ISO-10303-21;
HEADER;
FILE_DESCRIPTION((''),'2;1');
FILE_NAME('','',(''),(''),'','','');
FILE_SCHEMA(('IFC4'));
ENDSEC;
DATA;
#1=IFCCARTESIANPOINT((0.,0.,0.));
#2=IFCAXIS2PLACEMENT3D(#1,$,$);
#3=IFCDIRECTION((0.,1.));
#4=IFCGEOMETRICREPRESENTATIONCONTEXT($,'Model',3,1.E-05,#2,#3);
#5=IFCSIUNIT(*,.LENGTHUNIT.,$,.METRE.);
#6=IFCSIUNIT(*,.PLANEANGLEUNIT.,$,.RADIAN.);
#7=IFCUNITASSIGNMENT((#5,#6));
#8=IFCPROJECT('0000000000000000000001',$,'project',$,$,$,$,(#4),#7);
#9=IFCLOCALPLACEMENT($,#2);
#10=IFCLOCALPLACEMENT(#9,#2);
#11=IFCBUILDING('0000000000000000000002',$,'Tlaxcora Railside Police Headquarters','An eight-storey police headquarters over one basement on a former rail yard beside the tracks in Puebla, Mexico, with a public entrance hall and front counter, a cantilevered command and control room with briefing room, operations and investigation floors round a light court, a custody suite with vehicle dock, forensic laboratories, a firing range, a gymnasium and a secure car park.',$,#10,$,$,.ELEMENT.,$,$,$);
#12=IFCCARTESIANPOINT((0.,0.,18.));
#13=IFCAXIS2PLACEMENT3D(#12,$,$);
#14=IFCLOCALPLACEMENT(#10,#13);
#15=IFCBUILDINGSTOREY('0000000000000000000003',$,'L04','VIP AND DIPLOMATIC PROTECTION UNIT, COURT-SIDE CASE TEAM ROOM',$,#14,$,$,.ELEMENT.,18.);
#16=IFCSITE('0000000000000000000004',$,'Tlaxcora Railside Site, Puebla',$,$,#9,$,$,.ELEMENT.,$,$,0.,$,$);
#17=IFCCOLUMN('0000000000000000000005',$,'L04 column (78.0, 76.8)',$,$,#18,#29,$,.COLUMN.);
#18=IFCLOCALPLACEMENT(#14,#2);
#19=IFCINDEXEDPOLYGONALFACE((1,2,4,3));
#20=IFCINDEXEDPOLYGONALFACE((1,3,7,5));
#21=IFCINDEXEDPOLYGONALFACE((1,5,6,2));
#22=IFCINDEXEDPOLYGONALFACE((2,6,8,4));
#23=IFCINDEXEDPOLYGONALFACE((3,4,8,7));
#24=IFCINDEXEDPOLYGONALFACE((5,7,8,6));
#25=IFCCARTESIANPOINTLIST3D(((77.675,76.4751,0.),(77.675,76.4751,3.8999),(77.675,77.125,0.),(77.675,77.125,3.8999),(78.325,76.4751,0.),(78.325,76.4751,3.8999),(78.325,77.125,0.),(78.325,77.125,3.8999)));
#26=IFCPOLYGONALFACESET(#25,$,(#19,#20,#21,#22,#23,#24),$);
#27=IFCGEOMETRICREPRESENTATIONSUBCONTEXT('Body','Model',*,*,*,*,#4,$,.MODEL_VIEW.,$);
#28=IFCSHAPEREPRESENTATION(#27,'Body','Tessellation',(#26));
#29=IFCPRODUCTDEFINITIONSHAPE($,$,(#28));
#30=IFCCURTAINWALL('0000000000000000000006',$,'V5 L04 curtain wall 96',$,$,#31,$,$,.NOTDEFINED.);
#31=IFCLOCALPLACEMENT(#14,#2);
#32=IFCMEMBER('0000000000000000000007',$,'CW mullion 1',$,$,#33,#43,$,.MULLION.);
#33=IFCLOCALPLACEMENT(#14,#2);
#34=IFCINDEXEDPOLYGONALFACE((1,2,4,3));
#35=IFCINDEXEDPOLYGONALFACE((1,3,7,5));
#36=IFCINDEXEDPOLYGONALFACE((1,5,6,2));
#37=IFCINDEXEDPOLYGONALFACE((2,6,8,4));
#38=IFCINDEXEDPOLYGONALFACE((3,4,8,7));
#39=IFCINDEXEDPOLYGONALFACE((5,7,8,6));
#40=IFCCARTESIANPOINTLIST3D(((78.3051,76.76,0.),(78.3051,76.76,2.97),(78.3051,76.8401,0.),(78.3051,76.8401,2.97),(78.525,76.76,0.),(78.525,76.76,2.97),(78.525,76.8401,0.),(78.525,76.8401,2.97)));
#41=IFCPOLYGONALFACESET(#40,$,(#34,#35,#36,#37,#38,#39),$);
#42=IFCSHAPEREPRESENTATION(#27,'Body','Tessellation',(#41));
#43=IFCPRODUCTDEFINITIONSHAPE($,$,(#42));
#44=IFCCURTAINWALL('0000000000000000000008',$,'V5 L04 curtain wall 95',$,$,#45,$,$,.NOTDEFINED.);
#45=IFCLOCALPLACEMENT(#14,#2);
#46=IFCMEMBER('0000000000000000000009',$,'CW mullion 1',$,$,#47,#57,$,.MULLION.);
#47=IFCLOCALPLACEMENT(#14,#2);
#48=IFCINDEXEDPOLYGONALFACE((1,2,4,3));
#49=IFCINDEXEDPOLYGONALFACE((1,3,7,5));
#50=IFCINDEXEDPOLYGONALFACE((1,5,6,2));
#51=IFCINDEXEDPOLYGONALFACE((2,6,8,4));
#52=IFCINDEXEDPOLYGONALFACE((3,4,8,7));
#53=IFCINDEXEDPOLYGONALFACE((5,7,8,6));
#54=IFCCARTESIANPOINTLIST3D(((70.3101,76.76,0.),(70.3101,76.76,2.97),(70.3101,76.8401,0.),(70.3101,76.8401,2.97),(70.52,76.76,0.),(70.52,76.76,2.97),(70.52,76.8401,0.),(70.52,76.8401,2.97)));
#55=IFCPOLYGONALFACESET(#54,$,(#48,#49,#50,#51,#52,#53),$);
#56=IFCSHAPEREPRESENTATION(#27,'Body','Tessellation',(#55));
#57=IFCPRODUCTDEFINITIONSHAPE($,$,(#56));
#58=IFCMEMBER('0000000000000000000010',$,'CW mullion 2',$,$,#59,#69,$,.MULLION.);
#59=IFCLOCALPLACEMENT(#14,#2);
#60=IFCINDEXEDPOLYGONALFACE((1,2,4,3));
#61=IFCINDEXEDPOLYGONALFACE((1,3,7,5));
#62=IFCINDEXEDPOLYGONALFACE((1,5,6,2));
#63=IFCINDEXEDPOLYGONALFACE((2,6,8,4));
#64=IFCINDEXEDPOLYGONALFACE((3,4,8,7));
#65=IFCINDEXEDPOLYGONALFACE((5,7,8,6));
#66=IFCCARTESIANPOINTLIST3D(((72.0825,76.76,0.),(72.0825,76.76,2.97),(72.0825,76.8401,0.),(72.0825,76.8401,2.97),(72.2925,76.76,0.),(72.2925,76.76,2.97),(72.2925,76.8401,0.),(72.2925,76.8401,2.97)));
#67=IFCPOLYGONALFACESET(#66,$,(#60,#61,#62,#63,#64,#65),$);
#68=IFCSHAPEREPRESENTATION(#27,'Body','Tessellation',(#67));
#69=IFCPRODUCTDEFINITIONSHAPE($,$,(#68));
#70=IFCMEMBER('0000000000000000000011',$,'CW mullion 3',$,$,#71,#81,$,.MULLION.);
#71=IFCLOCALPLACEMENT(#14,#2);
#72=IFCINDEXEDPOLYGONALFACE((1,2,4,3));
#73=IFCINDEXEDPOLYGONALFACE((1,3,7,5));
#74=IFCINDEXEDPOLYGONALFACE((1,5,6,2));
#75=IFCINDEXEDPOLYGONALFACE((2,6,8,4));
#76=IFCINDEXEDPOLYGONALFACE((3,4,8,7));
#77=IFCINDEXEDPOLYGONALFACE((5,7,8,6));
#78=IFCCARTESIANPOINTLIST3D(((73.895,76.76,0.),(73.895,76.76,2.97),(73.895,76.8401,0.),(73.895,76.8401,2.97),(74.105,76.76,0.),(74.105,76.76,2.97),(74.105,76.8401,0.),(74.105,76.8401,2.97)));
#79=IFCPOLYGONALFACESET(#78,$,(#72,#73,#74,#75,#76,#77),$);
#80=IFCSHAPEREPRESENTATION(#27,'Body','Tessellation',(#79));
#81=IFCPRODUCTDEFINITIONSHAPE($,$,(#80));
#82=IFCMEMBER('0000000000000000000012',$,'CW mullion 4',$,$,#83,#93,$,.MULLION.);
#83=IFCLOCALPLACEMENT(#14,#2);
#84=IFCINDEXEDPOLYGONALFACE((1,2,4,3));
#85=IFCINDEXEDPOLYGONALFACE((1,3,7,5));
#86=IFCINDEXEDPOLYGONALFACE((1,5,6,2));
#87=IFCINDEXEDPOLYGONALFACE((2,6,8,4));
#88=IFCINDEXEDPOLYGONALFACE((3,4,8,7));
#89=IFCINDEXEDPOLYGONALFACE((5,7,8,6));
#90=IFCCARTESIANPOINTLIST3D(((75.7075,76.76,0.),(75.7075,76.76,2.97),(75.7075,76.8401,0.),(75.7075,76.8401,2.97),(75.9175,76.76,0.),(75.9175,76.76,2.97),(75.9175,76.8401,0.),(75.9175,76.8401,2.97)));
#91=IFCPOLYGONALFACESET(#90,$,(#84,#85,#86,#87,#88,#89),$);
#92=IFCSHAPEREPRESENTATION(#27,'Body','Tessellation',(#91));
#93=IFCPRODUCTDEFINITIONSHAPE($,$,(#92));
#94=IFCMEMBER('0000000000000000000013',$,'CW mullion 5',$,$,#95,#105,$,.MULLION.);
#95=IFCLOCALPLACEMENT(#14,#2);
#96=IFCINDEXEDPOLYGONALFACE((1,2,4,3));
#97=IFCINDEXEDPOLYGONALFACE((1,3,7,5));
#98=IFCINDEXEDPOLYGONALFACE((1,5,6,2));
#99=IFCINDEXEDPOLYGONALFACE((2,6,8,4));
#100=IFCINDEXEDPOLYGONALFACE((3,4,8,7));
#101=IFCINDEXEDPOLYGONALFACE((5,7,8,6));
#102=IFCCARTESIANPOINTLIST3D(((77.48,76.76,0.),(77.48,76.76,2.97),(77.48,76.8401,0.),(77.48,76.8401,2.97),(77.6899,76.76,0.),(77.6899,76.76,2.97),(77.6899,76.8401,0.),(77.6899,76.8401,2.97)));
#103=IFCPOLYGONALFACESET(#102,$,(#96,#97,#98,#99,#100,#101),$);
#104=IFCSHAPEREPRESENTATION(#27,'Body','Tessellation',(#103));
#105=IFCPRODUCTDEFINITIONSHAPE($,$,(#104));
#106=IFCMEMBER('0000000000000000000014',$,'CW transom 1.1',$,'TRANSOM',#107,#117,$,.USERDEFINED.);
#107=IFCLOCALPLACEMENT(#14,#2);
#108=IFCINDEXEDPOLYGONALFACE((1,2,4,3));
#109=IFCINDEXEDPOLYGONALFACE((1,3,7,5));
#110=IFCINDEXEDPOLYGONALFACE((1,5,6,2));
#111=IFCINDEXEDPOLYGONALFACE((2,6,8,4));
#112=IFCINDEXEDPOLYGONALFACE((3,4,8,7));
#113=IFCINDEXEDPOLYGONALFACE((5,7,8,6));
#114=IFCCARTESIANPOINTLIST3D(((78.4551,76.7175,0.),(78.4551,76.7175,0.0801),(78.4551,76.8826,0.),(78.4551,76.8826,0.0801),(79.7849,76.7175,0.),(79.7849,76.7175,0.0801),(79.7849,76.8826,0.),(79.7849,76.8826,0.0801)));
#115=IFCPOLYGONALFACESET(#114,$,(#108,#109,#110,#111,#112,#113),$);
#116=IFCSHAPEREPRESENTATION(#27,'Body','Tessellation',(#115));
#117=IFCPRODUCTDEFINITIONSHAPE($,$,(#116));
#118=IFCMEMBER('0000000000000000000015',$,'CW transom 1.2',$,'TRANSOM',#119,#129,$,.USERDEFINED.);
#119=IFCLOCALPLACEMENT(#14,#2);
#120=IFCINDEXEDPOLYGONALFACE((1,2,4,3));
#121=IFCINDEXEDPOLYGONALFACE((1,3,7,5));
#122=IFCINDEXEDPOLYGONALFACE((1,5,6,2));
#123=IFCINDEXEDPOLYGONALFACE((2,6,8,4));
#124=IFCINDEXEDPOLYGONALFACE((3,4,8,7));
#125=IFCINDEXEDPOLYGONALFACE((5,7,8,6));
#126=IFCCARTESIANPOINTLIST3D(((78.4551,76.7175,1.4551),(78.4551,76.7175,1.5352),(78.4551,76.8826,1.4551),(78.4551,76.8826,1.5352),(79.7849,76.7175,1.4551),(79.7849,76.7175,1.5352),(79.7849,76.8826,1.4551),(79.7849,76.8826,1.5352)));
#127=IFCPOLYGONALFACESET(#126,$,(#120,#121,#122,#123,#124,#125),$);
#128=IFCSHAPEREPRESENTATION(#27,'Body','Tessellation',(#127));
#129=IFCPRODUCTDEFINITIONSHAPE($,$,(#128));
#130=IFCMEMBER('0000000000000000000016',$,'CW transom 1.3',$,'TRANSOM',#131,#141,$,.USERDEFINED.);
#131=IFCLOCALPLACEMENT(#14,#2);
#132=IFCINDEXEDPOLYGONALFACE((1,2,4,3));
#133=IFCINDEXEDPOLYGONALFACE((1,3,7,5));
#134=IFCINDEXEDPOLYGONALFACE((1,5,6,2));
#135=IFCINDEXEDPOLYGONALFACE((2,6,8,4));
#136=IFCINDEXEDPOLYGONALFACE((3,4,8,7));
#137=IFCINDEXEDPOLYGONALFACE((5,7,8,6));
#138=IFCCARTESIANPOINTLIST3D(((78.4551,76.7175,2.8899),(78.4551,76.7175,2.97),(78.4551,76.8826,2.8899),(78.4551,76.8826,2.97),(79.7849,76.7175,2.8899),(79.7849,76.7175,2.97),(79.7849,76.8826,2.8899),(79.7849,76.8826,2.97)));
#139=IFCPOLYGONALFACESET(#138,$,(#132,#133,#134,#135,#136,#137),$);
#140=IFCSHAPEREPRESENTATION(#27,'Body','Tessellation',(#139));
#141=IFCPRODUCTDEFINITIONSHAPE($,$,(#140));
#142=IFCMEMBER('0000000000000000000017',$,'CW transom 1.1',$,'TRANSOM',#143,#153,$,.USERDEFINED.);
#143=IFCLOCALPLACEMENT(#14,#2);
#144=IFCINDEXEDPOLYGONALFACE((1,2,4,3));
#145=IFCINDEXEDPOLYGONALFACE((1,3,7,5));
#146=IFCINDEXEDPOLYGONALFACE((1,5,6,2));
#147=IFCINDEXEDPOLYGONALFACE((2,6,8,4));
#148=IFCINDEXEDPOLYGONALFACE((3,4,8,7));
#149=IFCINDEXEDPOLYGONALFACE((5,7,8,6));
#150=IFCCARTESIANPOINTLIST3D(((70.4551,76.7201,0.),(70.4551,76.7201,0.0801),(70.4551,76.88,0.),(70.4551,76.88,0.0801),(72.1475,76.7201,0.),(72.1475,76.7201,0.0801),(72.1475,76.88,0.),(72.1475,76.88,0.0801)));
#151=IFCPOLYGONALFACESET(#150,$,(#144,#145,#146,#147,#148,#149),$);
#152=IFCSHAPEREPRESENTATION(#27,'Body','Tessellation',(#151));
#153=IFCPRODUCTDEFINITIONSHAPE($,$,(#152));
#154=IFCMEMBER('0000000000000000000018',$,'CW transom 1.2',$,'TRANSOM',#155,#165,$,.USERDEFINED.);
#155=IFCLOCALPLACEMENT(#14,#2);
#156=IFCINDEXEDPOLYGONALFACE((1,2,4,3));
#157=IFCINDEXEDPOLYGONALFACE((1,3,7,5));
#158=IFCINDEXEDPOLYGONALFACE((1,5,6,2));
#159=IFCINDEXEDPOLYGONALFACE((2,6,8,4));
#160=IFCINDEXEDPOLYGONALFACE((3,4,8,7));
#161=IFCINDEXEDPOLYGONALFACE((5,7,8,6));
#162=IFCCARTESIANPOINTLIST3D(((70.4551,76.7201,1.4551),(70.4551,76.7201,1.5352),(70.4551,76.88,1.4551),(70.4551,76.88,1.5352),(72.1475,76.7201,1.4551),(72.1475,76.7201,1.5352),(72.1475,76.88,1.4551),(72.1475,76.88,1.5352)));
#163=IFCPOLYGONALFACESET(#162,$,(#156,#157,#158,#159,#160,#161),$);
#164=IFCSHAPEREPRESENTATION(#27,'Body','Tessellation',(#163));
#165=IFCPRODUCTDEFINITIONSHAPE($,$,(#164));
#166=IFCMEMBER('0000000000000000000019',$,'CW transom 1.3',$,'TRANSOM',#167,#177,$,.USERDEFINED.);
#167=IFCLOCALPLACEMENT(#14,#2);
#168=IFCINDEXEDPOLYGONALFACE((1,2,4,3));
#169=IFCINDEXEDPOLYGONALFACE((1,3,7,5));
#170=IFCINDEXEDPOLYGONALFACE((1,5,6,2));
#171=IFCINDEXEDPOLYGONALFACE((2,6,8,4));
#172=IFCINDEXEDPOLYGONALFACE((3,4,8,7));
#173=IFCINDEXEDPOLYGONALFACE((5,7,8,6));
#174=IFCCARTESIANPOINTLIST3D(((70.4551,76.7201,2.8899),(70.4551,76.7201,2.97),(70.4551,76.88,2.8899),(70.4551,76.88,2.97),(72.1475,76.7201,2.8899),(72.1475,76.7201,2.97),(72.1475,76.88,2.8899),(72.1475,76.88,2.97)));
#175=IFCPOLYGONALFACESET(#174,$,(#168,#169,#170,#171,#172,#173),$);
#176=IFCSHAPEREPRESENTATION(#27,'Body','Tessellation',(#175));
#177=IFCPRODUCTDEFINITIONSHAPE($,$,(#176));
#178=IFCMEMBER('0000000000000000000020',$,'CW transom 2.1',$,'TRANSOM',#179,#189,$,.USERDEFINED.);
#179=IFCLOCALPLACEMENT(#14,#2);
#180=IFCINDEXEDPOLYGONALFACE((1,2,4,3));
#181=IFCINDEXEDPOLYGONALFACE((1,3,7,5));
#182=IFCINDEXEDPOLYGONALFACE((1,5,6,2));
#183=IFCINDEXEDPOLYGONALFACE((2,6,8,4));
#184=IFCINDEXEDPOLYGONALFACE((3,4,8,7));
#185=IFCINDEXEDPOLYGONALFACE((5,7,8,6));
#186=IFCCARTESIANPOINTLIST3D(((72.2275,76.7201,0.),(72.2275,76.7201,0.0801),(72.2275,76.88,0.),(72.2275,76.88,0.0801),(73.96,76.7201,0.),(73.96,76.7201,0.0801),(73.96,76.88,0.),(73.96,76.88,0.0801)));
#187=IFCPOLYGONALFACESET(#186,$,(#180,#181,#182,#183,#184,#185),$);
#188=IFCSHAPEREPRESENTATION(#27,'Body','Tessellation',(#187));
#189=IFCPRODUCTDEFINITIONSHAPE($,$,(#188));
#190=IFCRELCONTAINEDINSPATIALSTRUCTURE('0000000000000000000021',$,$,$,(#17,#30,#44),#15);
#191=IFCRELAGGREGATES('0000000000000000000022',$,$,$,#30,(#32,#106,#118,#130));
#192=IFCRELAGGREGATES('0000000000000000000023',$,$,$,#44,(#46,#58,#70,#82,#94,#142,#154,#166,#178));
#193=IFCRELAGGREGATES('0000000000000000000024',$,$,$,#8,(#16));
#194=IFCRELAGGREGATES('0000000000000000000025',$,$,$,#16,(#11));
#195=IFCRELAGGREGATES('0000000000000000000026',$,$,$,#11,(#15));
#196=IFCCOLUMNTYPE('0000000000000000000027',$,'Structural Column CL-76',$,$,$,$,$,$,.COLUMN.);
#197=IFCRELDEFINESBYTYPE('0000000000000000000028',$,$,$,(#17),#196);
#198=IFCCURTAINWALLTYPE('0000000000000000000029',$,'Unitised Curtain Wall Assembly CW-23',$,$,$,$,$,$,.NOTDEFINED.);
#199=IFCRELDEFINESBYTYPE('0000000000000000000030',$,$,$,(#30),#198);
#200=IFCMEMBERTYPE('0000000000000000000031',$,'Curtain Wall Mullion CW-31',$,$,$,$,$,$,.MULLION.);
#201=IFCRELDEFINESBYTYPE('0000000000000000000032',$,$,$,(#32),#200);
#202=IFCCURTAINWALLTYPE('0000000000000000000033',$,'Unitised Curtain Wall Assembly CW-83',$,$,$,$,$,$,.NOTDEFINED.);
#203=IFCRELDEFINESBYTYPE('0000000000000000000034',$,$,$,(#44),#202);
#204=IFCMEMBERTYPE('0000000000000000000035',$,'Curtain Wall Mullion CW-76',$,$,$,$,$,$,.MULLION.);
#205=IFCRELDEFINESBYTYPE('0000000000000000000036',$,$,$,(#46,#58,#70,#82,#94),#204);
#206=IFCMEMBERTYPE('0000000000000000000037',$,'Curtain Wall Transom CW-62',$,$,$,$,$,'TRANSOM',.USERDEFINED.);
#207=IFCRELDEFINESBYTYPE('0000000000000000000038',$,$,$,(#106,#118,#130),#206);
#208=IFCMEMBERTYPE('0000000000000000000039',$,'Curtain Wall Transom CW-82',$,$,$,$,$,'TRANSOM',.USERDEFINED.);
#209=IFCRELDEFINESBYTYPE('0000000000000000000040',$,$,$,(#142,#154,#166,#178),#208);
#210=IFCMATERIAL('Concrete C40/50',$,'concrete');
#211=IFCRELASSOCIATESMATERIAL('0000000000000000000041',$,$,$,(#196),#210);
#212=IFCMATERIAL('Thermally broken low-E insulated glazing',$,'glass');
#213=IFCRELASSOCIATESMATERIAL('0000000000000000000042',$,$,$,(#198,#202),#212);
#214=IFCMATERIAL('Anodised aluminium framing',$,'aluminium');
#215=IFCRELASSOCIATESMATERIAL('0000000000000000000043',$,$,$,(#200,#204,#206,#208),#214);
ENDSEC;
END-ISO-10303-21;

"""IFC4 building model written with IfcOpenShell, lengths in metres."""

from ifc_helpers import new_model, si_unit, direction, frame, origin, origin_2d, place, context, subcontext, project, spatial, rectangle, extrude, material, material_profile, profile_set, type_object, element, aggregate, save


model = new_model("IFC4")

# Units and contexts
model_context = context("Model", 3, precision=1e-05, world=origin(), true_north=direction((0.0, 1.0)))
body_context = subcontext(model_context, "Body", "Model", "MODEL_VIEW")
ifc_project = project(units=[si_unit("LENGTHUNIT", "METRE"), si_unit("PLANEANGLEUNIT", "RADIAN")], contexts=[model_context])

# Site, building, storey
site_placement = place(None, origin())
site = spatial("IfcSite", under=ifc_project, at=site_placement, Name="Tlaxcora Railside Site, Puebla", CompositionType="ELEMENT", RefElevation=0.0)
building_placement = place(site_placement, origin())
building = spatial("IfcBuilding", under=site, at=building_placement, Name="Tlaxcora Railside Police Headquarters", Description="An eight-storey police headquarters over one basement on a former rail yard beside the tracks in Puebla, Mexico, with a public entrance hall and front counter, a cantilevered command and control room with briefing room, operations and investigation floors round a light court, a custody suite with vehicle dock, forensic laboratories, a firing range, a gymnasium and a secure car park.", CompositionType="ELEMENT")
storey_placement = place(building_placement, frame((0.0, 0.0, 18.0)))
storey = spatial("IfcBuildingStorey", under=building, at=storey_placement, Name="L04", Description="VIP AND DIPLOMATIC PROTECTION UNIT, COURT-SIDE CASE TEAM ROOM", CompositionType="ELEMENT", Elevation=18.0)

# Column
ifc_material_1 = material(Name="Concrete C40/50", Category="concrete")
ifc_material_profile_1 = material_profile(ifc_material_1, rectangle(XDim=0.6499, YDim=0.6499, at=origin_2d()), Name="RC650X650")
ifc_profile_set_1 = profile_set([ifc_material_profile_1], Name="Concrete C40/50")
column_type = type_object("IfcColumnType", Name="Structural Column CL-76", PredefinedType="COLUMN", material=ifc_profile_set_1)
column_placement = place(storey_placement, frame((78.0, 76.8, 0.0), z_axis=(0.0, 0.0, 1.0), x_axis=(1.0, 0.0, 0.0)))
element("IfcColumn", 1, at=column_placement, inside=storey, type_object=column_type, Name="L04 column (78.0, 76.8)", PredefinedType="COLUMN", context=body_context, shape_type="SweptSolid", body=[
    extrude(rectangle(XDim=0.6499, YDim=0.6499, at=origin_2d()), origin(), (0.0, 0.0, 1.0), 3.8999),
])

# Curtain wall, member
ifc_material_2 = material(Name="Thermally broken low-E insulated glazing", Category="glass")
curtain_wall_type_1 = type_object("IfcCurtainWallType", Name="Unitised Curtain Wall Assembly CW-23", PredefinedType="NOTDEFINED", material=ifc_material_2)
curtain_wall_1_placement = place(storey_placement, origin())
curtain_wall_1 = element("IfcCurtainWall", 2, at=curtain_wall_1_placement, inside=storey, type_object=curtain_wall_type_1, Name="V5 L04 curtain wall 96", PredefinedType="NOTDEFINED")
ifc_material_3 = material(Name="Anodised aluminium framing", Category="aluminium")
ifc_material_profile_2 = material_profile(ifc_material_3, rectangle(XDim=0.0801, YDim=0.22, at=origin_2d()), Name="AL80X220")
ifc_profile_set_2 = profile_set([ifc_material_profile_2], Name="Anodised aluminium framing")
member_type_1 = type_object("IfcMemberType", Name="Curtain Wall Mullion CW-31", PredefinedType="MULLION", material=ifc_profile_set_2)
member_1_placement = place(storey_placement, frame((78.415, 76.8, 0.0), z_axis=(0.0, 0.0, 1.0), x_axis=(0.0, 1.0, 0.0)))
member_1 = element("IfcMember", 3, at=member_1_placement, type_object=member_type_1, Name="CW mullion 1", PredefinedType="MULLION", context=body_context, shape_type="SweptSolid", body=[
    extrude(rectangle(XDim=0.0801, YDim=0.22, at=origin_2d()), origin(), (0.0, 0.0, 1.0), 2.97),
])

# Curtain wall, members
curtain_wall_type_2 = type_object("IfcCurtainWallType", Name="Unitised Curtain Wall Assembly CW-83", PredefinedType="NOTDEFINED", material=ifc_material_2)
curtain_wall_2_placement = place(storey_placement, origin())
curtain_wall_2 = element("IfcCurtainWall", 4, at=curtain_wall_2_placement, inside=storey, type_object=curtain_wall_type_2, Name="V5 L04 curtain wall 95", PredefinedType="NOTDEFINED")
ifc_material_profile_3 = material_profile(ifc_material_3, rectangle(XDim=0.0801, YDim=0.21, at=origin_2d()), Name="AL80X210")
ifc_profile_set_3 = profile_set([ifc_material_profile_3], Name="Anodised aluminium framing")
member_type_2 = type_object("IfcMemberType", Name="Curtain Wall Mullion CW-76", PredefinedType="MULLION", material=ifc_profile_set_3)
member_2_placement = place(storey_placement, frame((70.415, 76.8, 0.0), z_axis=(0.0, 0.0, 1.0), x_axis=(0.0, 1.0, 0.0)))
member_2 = element("IfcMember", 5, at=member_2_placement, type_object=member_type_2, Name="CW mullion 1", PredefinedType="MULLION", context=body_context, shape_type="SweptSolid", body=[
    extrude(rectangle(XDim=0.0801, YDim=0.21, at=origin_2d()), origin(), (0.0, 0.0, 1.0), 2.97),
])
member_3_placement = place(storey_placement, frame((72.1875, 76.8, 0.0), z_axis=(0.0, 0.0, 1.0), x_axis=(0.0, 1.0, 0.0)))
member_3 = element("IfcMember", 6, at=member_3_placement, type_object=member_type_2, Name="CW mullion 2", PredefinedType="MULLION", context=body_context, shape_type="SweptSolid", body=[
    extrude(rectangle(XDim=0.0801, YDim=0.21, at=origin_2d()), origin(), (0.0, 0.0, 1.0), 2.97),
])
member_4_placement = place(storey_placement, frame((74.0, 76.8, 0.0), z_axis=(0.0, 0.0, 1.0), x_axis=(0.0, 1.0, 0.0)))
member_4 = element("IfcMember", 7, at=member_4_placement, type_object=member_type_2, Name="CW mullion 3", PredefinedType="MULLION", context=body_context, shape_type="SweptSolid", body=[
    extrude(rectangle(XDim=0.0801, YDim=0.21, at=origin_2d()), origin(), (0.0, 0.0, 1.0), 2.97),
])
member_5_placement = place(storey_placement, frame((75.8125, 76.8, 0.0), z_axis=(0.0, 0.0, 1.0), x_axis=(0.0, 1.0, 0.0)))
member_5 = element("IfcMember", 8, at=member_5_placement, type_object=member_type_2, Name="CW mullion 4", PredefinedType="MULLION", context=body_context, shape_type="SweptSolid", body=[
    extrude(rectangle(XDim=0.0801, YDim=0.21, at=origin_2d()), origin(), (0.0, 0.0, 1.0), 2.97),
])
member_6_placement = place(storey_placement, frame((77.585, 76.8, 0.0), z_axis=(0.0, 0.0, 1.0), x_axis=(0.0, 1.0, 0.0)))
member_6 = element("IfcMember", 9, at=member_6_placement, type_object=member_type_2, Name="CW mullion 5", PredefinedType="MULLION", context=body_context, shape_type="SweptSolid", body=[
    extrude(rectangle(XDim=0.0801, YDim=0.21, at=origin_2d()), origin(), (0.0, 0.0, 1.0), 2.97),
])

# Members
ifc_material_profile_4 = material_profile(ifc_material_3, rectangle(XDim=0.165, YDim=0.0801, at=origin_2d()), Name="AL80X165")
ifc_profile_set_4 = profile_set([ifc_material_profile_4], Name="Anodised aluminium framing")
member_type_3 = type_object("IfcMemberType", Name="Curtain Wall Transom CW-62", ElementType="TRANSOM", PredefinedType="USERDEFINED", material=ifc_profile_set_4)
member_7_placement = place(storey_placement, frame((78.4551, 76.8, 0.04), z_axis=(1.0, 0.0, 0.0), x_axis=(0.0, 1.0, 0.0)))
member_7 = element("IfcMember", 10, at=member_7_placement, type_object=member_type_3, Name="CW transom 1.1", ObjectType="TRANSOM", PredefinedType="USERDEFINED", context=body_context, shape_type="SweptSolid", body=[
    extrude(rectangle(XDim=0.165, YDim=0.0801, at=origin_2d()), origin(), (0.0, 0.0, 1.0), 1.3298),
])
member_8_placement = place(storey_placement, frame((78.4551, 76.8, 1.4951), z_axis=(1.0, 0.0, 0.0), x_axis=(0.0, 1.0, 0.0)))
member_8 = element("IfcMember", 11, at=member_8_placement, type_object=member_type_3, Name="CW transom 1.2", ObjectType="TRANSOM", PredefinedType="USERDEFINED", context=body_context, shape_type="SweptSolid", body=[
    extrude(rectangle(XDim=0.165, YDim=0.0801, at=origin_2d()), origin(), (0.0, 0.0, 1.0), 1.3298),
])
member_9_placement = place(storey_placement, frame((78.4551, 76.8, 2.9299), z_axis=(1.0, 0.0, 0.0), x_axis=(0.0, 1.0, 0.0)))
member_9 = element("IfcMember", 12, at=member_9_placement, type_object=member_type_3, Name="CW transom 1.3", ObjectType="TRANSOM", PredefinedType="USERDEFINED", context=body_context, shape_type="SweptSolid", body=[
    extrude(rectangle(XDim=0.165, YDim=0.0801, at=origin_2d()), origin(), (0.0, 0.0, 1.0), 1.3298),
])
aggregate(curtain_wall_1, [member_1, member_7, member_8, member_9])
ifc_material_profile_5 = material_profile(ifc_material_3, rectangle(XDim=0.1599, YDim=0.0801, at=origin_2d()), Name="AL80X160")
ifc_profile_set_5 = profile_set([ifc_material_profile_5], Name="Anodised aluminium framing")
member_type_4 = type_object("IfcMemberType", Name="Curtain Wall Transom CW-82", ElementType="TRANSOM", PredefinedType="USERDEFINED", material=ifc_profile_set_5)
member_10_placement = place(storey_placement, frame((70.4551, 76.8, 0.04), z_axis=(1.0, 0.0, 0.0), x_axis=(0.0, 1.0, 0.0)))
member_10 = element("IfcMember", 13, at=member_10_placement, type_object=member_type_4, Name="CW transom 1.1", ObjectType="TRANSOM", PredefinedType="USERDEFINED", context=body_context, shape_type="SweptSolid", body=[
    extrude(rectangle(XDim=0.1599, YDim=0.0801, at=origin_2d()), origin(), (0.0, 0.0, 1.0), 1.6924),
])
member_11_placement = place(storey_placement, frame((70.4551, 76.8, 1.4951), z_axis=(1.0, 0.0, 0.0), x_axis=(0.0, 1.0, 0.0)))
member_11 = element("IfcMember", 14, at=member_11_placement, type_object=member_type_4, Name="CW transom 1.2", ObjectType="TRANSOM", PredefinedType="USERDEFINED", context=body_context, shape_type="SweptSolid", body=[
    extrude(rectangle(XDim=0.1599, YDim=0.0801, at=origin_2d()), origin(), (0.0, 0.0, 1.0), 1.6924),
])
member_12_placement = place(storey_placement, frame((70.4551, 76.8, 2.9299), z_axis=(1.0, 0.0, 0.0), x_axis=(0.0, 1.0, 0.0)))
member_12 = element("IfcMember", 15, at=member_12_placement, type_object=member_type_4, Name="CW transom 1.3", ObjectType="TRANSOM", PredefinedType="USERDEFINED", context=body_context, shape_type="SweptSolid", body=[
    extrude(rectangle(XDim=0.1599, YDim=0.0801, at=origin_2d()), origin(), (0.0, 0.0, 1.0), 1.6924),
])
member_13_placement = place(storey_placement, frame((72.2275, 76.8, 0.04), z_axis=(1.0, 0.0, 0.0), x_axis=(0.0, 1.0, 0.0)))
member_13 = element("IfcMember", 16, at=member_13_placement, type_object=member_type_4, Name="CW transom 2.1", ObjectType="TRANSOM", PredefinedType="USERDEFINED", context=body_context, shape_type="SweptSolid", body=[
    extrude(rectangle(XDim=0.1599, YDim=0.0801, at=origin_2d()), origin(), (0.0, 0.0, 1.0), 1.7324),
])

aggregate(curtain_wall_2, [member_2, member_3, member_4, member_5, member_6, member_10, member_11, member_12, member_13])

save(model, "model.ifc")
